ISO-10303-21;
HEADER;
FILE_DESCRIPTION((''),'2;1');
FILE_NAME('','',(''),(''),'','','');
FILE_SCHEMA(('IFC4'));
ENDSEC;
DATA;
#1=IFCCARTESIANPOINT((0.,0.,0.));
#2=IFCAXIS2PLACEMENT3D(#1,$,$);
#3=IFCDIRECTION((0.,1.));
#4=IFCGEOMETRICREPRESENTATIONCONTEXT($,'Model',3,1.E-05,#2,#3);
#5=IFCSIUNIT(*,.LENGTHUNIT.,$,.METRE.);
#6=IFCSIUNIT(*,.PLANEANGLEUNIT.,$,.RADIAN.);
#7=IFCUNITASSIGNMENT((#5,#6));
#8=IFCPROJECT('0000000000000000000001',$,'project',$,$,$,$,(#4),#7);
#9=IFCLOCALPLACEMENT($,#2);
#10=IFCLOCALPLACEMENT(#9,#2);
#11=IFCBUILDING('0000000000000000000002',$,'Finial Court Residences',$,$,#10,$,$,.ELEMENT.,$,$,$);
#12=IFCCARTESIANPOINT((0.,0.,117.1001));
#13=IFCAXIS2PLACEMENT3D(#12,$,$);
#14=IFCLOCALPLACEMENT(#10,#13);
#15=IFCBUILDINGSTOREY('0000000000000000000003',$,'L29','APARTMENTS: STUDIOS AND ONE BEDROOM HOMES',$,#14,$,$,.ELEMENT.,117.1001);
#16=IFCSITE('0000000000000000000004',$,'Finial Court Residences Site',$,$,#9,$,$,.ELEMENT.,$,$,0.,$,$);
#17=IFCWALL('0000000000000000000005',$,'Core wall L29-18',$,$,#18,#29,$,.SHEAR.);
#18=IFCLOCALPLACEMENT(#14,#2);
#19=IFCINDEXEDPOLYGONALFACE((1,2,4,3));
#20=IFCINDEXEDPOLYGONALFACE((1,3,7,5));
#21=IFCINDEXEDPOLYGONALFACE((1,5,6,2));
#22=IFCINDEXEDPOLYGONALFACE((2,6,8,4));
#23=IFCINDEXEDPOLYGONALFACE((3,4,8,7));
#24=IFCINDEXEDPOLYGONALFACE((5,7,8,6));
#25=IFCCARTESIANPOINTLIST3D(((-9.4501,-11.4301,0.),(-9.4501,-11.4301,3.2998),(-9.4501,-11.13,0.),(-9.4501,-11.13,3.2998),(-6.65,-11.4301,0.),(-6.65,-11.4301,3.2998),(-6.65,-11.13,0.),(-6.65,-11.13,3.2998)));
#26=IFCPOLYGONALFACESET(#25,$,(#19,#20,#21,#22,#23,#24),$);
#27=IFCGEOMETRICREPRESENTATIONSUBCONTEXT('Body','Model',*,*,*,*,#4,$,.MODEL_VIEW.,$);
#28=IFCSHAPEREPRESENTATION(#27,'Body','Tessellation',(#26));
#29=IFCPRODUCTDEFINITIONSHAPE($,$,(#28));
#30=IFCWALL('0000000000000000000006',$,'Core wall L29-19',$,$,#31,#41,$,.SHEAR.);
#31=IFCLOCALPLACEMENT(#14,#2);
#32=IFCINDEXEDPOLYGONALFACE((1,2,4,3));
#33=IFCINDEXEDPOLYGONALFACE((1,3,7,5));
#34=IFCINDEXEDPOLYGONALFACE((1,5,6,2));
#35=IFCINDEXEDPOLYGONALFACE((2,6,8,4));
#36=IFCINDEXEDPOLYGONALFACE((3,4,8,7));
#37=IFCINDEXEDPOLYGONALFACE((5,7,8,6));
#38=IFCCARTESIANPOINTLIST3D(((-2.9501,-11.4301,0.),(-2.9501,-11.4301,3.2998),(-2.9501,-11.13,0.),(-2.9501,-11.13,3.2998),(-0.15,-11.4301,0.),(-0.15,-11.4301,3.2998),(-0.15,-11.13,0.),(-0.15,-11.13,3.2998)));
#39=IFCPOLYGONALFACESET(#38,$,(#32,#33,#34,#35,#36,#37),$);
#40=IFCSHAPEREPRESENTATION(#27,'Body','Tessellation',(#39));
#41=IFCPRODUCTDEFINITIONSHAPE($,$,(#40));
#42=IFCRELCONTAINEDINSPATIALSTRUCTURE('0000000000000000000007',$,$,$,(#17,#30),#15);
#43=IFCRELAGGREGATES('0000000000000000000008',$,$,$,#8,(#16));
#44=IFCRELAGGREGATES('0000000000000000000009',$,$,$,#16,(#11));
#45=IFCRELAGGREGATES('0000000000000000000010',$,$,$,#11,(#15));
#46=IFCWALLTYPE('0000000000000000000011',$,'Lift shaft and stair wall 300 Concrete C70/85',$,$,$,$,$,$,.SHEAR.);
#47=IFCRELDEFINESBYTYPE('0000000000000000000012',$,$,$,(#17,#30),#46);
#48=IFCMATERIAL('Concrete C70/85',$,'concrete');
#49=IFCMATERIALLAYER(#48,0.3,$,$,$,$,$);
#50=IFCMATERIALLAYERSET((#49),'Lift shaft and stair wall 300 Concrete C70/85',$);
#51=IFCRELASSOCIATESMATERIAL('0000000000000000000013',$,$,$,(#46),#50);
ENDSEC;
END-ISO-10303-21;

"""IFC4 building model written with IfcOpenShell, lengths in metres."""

from ifc_helpers import new_model, si_unit, direction, frame, frame_2d, origin, place, context, subcontext, project, spatial, rectangle, extrude, material, layer, layer_set, type_object, element, save


model = new_model("IFC4")

# Units and contexts
model_context = context("Model", 3, precision=1e-05, world=origin(), true_north=direction((0.0, 1.0)))
body_context = subcontext(model_context, "Body", "Model", "MODEL_VIEW")
ifc_project = project(units=[si_unit("LENGTHUNIT", "METRE"), si_unit("PLANEANGLEUNIT", "RADIAN")], contexts=[model_context])

# Site, building, storey
site_placement = place(None, origin())
site = spatial("IfcSite", under=ifc_project, at=site_placement, Name="Finial Court Residences Site", CompositionType="ELEMENT", RefElevation=0.0)
building_placement = place(site_placement, origin())
building = spatial("IfcBuilding", under=site, at=building_placement, Name="Finial Court Residences", CompositionType="ELEMENT")
storey_placement = place(building_placement, frame((0.0, 0.0, 117.1001)))
storey = spatial("IfcBuildingStorey", under=building, at=storey_placement, Name="L29", Description="APARTMENTS: STUDIOS AND ONE BEDROOM HOMES", CompositionType="ELEMENT", Elevation=117.1001)

# Shared definitions
ifc_material_1 = material(Name="Concrete C70/85", Category="concrete")

# Walls
ifc_layer_1 = layer(ifc_material_1, 0.3)
ifc_layer_set_1 = layer_set([ifc_layer_1], Name="Lift shaft and stair wall 300 Concrete C70/85")
wall_type_1 = type_object("IfcWallType", Name="Lift shaft and stair wall 300 Concrete C70/85", PredefinedType="SHEAR", material=ifc_layer_set_1)
for number, where, z_axis, x_axis, name in (
    (1, (-9.45, -11.28, 0.0), (0.0, 0.0, 1.0), (1.0, 0.0, 0.0), "Core wall L29-18"),
    (2, (-2.95, -11.28, 0.0), (0.0, 0.0, 1.0), (1.0, 0.0, 0.0), "Core wall L29-19"),
):
    element("IfcWall", number, at=place(storey_placement, frame(where, z_axis=z_axis, x_axis=x_axis)), inside=storey, type_object=wall_type_1, Name=name, PredefinedType="SHEAR", context=body_context, shape_type="SweptSolid", body=[
        extrude(rectangle(XDim=2.8, YDim=0.3, at=frame_2d((1.3999, 0.0))), origin(), (0.0, 0.0, 1.0), 3.2998),
    ])

save(model, "model.ifc")
